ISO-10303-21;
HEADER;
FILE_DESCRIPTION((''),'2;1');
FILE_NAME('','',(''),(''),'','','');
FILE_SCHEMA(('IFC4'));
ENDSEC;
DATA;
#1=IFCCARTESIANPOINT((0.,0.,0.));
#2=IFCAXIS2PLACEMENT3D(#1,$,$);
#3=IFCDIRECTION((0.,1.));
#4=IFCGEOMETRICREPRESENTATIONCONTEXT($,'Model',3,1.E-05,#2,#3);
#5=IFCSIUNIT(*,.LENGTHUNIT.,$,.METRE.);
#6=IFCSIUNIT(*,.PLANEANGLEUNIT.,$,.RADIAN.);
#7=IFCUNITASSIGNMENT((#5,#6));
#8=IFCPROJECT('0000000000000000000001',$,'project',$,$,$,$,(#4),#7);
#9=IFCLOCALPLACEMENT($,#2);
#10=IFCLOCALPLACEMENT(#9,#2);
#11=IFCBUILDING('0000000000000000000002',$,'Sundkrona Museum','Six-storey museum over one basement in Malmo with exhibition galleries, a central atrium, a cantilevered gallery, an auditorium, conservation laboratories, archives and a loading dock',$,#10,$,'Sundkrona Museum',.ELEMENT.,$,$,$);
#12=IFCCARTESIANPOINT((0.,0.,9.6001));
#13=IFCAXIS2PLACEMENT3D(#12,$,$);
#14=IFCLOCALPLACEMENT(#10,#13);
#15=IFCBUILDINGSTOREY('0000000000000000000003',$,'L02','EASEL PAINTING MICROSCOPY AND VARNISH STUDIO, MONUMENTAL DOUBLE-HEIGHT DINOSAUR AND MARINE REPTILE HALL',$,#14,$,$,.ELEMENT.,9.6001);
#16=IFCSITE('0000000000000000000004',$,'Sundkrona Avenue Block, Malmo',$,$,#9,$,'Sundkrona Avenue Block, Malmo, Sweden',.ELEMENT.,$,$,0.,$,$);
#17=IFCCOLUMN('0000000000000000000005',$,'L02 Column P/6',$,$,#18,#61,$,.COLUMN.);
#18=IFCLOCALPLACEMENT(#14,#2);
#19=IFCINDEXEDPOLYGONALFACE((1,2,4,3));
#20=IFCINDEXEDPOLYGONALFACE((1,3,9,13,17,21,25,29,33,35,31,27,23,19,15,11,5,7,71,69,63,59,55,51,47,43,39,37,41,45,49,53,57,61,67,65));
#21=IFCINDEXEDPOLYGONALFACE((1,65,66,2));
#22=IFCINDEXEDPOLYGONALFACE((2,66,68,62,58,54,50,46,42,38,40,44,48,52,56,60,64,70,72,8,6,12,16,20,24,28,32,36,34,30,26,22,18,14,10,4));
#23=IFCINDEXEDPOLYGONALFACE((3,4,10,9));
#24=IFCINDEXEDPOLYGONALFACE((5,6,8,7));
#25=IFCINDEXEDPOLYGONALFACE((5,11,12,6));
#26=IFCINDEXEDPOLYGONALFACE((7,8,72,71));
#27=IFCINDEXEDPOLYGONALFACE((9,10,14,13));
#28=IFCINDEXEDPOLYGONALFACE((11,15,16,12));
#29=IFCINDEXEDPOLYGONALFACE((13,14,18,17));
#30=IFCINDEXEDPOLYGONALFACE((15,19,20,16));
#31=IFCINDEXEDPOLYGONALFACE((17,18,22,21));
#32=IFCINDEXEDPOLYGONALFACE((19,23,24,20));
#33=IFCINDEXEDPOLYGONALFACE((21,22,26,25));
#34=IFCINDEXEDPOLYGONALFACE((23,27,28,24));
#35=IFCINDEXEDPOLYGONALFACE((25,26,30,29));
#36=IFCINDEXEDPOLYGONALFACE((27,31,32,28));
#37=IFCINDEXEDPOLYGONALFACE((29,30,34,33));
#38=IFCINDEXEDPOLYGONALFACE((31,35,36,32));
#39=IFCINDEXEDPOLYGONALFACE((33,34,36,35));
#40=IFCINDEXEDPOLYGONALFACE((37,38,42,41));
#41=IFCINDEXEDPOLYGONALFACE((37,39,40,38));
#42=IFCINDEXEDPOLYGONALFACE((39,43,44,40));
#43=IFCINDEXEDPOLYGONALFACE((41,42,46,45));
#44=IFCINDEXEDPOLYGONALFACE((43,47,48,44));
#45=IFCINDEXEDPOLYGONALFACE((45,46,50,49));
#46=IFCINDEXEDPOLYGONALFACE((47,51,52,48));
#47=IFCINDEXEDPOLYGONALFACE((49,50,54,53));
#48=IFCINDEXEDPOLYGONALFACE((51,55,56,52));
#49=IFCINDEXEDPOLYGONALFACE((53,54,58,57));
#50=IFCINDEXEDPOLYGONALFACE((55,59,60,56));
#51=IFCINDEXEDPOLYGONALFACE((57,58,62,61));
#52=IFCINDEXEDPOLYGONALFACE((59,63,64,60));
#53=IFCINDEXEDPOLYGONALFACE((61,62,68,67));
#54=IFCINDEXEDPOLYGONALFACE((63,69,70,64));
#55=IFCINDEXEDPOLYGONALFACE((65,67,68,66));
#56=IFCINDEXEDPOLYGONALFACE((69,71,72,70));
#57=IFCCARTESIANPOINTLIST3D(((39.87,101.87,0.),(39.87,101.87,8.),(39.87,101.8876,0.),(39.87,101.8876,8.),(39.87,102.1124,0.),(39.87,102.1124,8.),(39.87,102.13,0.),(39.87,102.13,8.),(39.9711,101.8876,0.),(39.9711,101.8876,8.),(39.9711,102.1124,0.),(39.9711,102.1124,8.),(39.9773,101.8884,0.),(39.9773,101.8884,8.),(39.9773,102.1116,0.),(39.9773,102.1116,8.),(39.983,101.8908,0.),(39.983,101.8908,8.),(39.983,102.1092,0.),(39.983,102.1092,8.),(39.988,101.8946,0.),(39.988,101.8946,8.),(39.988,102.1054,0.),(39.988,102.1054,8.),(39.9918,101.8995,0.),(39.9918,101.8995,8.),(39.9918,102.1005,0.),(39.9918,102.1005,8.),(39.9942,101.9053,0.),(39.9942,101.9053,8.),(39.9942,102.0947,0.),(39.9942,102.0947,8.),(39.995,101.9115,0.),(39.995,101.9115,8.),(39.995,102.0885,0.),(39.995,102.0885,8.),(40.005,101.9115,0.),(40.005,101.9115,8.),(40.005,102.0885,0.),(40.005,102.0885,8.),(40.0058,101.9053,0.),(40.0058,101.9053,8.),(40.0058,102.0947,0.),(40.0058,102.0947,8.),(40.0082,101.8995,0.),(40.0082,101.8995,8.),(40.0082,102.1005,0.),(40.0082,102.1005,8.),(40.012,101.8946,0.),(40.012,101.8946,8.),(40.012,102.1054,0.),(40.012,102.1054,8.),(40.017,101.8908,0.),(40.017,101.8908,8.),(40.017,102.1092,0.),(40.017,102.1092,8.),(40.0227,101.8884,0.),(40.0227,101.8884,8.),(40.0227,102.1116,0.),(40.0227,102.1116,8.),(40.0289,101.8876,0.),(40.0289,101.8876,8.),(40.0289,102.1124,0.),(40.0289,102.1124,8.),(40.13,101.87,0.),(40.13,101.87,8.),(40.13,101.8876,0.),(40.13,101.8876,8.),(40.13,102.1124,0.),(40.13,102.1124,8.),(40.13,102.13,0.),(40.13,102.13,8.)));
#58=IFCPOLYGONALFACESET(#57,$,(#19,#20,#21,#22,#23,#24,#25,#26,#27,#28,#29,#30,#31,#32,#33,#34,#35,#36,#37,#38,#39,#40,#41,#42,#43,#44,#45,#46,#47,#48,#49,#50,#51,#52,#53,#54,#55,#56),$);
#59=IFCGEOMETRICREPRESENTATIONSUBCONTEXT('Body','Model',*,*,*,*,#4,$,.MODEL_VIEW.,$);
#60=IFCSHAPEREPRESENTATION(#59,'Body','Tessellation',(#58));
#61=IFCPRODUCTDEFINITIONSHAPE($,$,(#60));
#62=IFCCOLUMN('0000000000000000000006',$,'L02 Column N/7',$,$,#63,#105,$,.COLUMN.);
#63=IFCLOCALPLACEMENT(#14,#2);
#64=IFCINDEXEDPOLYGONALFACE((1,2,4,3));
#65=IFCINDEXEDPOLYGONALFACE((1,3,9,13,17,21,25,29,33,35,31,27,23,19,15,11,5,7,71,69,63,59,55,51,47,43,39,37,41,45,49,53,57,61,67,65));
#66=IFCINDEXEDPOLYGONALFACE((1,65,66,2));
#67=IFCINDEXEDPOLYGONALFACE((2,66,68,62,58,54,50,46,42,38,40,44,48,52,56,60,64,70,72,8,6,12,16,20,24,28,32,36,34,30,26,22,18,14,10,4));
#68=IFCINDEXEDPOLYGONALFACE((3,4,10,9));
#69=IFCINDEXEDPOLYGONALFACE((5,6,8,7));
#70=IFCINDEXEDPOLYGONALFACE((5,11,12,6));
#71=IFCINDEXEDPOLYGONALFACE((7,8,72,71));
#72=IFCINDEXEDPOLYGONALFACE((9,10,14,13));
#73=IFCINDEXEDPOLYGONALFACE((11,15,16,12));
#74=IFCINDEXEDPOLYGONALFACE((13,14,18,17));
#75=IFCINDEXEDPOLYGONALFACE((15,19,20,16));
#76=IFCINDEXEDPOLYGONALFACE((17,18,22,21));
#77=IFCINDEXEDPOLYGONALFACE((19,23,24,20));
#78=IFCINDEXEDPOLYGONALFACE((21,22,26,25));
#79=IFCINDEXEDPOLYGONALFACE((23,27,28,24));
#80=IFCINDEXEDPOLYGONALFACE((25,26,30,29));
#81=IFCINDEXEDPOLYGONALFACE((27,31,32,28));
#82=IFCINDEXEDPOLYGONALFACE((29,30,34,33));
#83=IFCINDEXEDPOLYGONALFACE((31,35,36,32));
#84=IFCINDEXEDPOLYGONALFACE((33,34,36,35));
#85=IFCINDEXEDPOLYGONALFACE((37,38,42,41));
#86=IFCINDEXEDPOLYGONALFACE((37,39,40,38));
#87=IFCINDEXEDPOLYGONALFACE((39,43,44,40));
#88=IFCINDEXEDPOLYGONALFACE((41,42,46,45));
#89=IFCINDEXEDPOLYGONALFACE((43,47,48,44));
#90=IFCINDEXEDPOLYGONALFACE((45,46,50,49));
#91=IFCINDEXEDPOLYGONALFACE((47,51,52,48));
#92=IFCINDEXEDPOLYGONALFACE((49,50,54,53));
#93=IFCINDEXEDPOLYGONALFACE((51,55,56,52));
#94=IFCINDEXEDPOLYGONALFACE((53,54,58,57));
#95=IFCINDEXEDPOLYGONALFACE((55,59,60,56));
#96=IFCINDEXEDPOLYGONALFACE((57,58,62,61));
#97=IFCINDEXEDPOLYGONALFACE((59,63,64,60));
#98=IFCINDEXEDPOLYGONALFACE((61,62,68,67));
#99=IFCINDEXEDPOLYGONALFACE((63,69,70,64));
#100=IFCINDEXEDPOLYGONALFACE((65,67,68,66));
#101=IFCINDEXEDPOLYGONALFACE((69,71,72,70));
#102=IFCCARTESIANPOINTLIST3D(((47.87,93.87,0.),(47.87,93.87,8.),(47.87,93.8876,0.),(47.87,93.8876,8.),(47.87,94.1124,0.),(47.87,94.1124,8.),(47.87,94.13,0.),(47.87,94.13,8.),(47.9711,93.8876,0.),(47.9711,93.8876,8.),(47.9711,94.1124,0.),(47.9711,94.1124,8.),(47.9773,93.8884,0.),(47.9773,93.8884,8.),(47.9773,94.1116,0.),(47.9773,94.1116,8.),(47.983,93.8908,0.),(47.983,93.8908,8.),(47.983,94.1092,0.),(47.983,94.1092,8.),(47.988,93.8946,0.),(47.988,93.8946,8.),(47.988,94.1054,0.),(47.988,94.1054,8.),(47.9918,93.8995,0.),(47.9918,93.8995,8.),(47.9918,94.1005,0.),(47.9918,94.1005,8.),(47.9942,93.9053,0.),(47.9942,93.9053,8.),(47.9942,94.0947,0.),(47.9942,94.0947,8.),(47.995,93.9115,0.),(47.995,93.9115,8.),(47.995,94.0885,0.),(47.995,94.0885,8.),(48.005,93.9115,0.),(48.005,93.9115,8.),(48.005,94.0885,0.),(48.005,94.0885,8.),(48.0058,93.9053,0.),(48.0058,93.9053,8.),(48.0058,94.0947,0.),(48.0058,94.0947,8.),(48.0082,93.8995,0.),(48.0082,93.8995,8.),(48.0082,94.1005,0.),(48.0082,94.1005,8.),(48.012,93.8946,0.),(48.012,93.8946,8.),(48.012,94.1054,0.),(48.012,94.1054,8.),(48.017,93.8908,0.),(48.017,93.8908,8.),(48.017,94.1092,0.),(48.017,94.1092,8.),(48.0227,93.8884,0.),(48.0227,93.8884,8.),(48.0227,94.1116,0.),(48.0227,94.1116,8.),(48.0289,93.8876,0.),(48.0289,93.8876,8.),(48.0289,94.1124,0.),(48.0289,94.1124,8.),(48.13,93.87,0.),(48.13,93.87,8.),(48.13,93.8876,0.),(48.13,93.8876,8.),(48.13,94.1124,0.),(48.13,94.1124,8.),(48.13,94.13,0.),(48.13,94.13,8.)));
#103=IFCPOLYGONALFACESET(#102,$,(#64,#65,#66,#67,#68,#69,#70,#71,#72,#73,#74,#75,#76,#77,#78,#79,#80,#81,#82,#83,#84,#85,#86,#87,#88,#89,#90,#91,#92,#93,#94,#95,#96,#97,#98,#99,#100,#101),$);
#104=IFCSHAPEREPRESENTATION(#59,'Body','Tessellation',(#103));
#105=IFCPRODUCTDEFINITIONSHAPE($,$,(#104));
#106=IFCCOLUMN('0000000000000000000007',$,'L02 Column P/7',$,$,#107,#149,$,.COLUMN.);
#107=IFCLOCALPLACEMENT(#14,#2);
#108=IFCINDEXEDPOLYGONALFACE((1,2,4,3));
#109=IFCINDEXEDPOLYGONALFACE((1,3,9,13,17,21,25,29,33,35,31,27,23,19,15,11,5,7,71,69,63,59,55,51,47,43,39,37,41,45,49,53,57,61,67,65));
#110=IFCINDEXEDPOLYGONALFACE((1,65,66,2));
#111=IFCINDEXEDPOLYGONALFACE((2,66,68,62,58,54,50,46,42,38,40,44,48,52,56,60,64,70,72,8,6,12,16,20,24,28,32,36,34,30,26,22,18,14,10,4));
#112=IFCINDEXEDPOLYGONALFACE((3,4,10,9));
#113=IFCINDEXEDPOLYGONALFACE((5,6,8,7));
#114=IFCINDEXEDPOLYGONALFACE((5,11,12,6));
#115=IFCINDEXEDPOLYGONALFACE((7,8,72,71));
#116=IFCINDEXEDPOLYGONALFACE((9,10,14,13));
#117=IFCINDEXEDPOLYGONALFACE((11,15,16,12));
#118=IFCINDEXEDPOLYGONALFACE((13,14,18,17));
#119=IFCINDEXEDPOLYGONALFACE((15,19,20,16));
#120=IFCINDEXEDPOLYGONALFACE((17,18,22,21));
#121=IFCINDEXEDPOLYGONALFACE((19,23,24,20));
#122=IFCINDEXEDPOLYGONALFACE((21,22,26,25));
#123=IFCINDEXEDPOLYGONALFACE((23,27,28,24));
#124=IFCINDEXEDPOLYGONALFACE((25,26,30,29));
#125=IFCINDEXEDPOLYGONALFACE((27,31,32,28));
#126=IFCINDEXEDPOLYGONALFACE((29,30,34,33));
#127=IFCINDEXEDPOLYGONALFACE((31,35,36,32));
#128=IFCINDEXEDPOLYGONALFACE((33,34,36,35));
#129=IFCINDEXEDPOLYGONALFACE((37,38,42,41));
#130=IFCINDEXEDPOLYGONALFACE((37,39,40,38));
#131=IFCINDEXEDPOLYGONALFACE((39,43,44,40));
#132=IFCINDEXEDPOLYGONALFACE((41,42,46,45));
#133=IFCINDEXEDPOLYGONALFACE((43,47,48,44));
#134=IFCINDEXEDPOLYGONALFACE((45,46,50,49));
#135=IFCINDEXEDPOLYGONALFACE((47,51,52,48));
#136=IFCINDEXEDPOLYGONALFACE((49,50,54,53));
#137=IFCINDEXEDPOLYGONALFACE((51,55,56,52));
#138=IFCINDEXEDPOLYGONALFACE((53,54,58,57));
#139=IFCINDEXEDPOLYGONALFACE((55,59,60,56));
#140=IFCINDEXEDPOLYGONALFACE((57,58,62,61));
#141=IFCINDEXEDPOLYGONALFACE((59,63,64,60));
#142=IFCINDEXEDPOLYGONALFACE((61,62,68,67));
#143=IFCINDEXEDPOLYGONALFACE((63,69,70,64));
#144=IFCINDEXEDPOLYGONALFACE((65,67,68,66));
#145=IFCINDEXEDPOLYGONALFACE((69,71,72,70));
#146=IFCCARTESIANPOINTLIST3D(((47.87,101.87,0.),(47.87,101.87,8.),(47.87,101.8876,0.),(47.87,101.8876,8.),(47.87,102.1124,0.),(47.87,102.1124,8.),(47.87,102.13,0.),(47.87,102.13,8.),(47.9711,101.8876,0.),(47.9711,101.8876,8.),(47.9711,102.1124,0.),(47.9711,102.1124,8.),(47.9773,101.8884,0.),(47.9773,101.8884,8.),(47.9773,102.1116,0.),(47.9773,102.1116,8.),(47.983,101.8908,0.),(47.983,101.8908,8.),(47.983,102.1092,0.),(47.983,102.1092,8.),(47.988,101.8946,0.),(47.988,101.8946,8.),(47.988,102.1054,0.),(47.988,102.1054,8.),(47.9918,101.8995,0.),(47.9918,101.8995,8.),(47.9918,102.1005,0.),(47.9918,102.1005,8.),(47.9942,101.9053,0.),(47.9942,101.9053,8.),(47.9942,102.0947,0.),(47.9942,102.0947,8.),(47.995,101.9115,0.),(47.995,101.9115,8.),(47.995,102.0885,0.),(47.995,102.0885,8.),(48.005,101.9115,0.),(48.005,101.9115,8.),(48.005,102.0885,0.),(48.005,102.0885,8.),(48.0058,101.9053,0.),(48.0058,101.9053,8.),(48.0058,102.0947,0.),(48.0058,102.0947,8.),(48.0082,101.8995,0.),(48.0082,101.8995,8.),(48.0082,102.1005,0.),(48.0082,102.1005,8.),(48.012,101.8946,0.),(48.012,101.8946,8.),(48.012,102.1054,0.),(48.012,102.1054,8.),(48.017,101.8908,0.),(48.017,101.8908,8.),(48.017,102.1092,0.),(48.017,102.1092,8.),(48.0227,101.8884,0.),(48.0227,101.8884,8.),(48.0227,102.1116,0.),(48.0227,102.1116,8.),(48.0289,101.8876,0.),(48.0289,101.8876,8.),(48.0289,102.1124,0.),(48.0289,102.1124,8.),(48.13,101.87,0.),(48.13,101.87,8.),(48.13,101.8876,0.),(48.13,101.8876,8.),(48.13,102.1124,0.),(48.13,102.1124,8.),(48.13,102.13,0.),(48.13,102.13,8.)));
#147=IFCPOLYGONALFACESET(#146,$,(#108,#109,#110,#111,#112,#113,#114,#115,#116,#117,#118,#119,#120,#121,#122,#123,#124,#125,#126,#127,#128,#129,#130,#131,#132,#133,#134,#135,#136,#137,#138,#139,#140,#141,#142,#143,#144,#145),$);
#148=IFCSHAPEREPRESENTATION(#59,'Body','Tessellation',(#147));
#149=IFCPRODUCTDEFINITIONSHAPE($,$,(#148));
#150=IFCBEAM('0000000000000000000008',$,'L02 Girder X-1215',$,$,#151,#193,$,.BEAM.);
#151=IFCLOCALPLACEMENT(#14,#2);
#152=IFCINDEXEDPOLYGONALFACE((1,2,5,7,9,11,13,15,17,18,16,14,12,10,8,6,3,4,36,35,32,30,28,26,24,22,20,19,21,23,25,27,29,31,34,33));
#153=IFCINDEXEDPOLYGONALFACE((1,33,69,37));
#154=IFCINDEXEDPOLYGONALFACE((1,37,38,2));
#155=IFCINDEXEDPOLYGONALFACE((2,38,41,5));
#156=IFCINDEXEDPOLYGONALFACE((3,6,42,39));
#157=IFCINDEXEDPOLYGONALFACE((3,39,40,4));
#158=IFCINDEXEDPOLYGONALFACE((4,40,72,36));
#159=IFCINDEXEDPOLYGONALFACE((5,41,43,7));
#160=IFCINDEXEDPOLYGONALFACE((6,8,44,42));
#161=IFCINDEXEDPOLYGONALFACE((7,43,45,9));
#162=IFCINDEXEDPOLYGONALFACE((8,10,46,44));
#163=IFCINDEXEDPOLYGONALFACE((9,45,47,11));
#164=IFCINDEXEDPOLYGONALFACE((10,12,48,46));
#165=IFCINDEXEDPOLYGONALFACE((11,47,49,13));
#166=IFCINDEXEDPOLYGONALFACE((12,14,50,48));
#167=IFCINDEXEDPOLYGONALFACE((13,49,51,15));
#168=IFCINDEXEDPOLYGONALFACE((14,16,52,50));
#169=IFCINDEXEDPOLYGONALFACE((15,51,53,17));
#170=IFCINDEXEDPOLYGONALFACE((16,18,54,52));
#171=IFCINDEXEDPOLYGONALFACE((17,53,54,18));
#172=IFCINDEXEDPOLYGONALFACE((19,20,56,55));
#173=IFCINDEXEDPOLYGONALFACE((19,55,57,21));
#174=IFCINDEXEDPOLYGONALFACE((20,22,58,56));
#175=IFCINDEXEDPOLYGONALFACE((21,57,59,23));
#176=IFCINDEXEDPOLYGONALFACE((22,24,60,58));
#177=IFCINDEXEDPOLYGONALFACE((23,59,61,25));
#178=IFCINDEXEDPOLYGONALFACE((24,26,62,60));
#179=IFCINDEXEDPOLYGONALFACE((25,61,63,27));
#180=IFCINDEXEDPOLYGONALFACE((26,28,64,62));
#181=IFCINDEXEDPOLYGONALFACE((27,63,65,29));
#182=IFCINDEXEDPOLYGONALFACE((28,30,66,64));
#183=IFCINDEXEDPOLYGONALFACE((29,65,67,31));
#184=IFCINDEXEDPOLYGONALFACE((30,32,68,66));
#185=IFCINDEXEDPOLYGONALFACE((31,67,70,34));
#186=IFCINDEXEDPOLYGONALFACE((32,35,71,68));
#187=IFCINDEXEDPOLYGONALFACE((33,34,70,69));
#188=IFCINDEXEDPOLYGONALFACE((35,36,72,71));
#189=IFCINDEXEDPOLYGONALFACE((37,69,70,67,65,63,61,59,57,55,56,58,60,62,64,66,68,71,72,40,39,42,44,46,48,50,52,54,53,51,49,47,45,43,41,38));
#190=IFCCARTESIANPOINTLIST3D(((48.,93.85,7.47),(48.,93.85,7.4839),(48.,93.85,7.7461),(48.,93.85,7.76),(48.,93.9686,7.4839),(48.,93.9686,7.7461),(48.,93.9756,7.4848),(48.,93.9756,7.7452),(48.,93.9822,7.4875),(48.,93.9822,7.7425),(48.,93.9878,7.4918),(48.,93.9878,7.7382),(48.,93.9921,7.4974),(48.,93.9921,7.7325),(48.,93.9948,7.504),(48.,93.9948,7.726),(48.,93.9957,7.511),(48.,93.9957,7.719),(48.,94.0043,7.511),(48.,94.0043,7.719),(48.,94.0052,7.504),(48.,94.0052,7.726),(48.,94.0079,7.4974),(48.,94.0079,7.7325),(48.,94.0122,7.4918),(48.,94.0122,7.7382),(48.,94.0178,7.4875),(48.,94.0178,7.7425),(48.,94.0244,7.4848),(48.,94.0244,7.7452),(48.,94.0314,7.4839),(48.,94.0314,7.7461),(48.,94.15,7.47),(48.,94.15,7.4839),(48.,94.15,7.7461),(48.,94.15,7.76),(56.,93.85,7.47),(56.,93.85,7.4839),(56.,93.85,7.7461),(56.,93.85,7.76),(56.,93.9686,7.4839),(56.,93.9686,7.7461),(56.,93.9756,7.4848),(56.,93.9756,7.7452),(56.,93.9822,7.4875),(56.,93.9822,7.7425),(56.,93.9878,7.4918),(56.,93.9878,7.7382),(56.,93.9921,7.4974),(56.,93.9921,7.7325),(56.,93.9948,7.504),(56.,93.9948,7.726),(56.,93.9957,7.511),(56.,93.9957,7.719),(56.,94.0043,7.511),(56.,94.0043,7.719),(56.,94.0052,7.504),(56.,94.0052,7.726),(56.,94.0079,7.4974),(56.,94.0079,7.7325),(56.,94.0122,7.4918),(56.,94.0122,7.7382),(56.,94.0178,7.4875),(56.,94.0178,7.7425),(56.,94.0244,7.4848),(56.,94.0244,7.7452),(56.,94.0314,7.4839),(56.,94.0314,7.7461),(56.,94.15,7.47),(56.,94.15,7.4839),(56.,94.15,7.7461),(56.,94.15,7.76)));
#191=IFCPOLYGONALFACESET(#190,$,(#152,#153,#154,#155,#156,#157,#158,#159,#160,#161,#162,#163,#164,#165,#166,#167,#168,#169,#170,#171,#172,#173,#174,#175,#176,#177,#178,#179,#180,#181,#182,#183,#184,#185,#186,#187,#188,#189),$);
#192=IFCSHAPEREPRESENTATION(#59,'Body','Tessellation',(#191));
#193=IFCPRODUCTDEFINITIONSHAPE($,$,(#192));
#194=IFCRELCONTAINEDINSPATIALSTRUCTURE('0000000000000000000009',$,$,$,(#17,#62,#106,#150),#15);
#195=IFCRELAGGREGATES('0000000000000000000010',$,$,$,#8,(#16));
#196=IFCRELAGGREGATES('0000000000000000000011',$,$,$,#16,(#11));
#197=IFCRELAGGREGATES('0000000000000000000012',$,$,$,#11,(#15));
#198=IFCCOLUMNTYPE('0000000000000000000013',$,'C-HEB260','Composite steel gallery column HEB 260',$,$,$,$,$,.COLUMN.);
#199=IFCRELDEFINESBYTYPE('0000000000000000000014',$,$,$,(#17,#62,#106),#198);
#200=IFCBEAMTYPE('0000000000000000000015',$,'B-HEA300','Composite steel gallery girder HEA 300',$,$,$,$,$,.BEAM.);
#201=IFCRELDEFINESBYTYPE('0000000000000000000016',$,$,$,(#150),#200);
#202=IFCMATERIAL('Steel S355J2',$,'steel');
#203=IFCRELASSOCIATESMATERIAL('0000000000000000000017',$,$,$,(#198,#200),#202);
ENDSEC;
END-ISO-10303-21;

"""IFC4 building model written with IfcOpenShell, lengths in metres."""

from ifc_helpers import new_model, si_unit, direction, frame, origin, origin_2d, place, context, subcontext, project, spatial, i_section, extrude, material, material_profile, profile_set, type_object, element, save


model = new_model("IFC4")

# Units and contexts
model_context = context("Model", 3, precision=1e-05, world=origin(), true_north=direction((0.0, 1.0)))
body_context = subcontext(model_context, "Body", "Model", "MODEL_VIEW")
ifc_project = project(units=[si_unit("LENGTHUNIT", "METRE"), si_unit("PLANEANGLEUNIT", "RADIAN")], contexts=[model_context])

# Site, building, storey
site_placement = place(None, origin())
site = spatial("IfcSite", under=ifc_project, at=site_placement, Name="Sundkrona Avenue Block, Malmo", LongName="Sundkrona Avenue Block, Malmo, Sweden", CompositionType="ELEMENT", RefElevation=0.0)
building_placement = place(site_placement, origin())
building = spatial("IfcBuilding", under=site, at=building_placement, Name="Sundkrona Museum", Description="Six-storey museum over one basement in Malmo with exhibition galleries, a central atrium, a cantilevered gallery, an auditorium, conservation laboratories, archives and a loading dock", LongName="Sundkrona Museum", CompositionType="ELEMENT")
storey_placement = place(building_placement, frame((0.0, 0.0, 9.6001)))
storey = spatial("IfcBuildingStorey", under=building, at=storey_placement, Name="L02", Description="EASEL PAINTING MICROSCOPY AND VARNISH STUDIO, MONUMENTAL DOUBLE-HEIGHT DINOSAUR AND MARINE REPTILE HALL", CompositionType="ELEMENT", Elevation=9.6001)

# Columns
ifc_material_1 = material(Name="Steel S355J2", Category="steel")
ifc_material_profile_1 = material_profile(ifc_material_1, i_section(OverallWidth=0.26, OverallDepth=0.26, WebThickness=0.01, FlangeThickness=0.0176, FilletRadius=0.0239, at=origin_2d()), Name="HEB 260")
ifc_profile_set_1 = profile_set([ifc_material_profile_1], Name="Steel S355J2")
column_type = type_object("IfcColumnType", Name="C-HEB260", Description="Composite steel gallery column HEB 260", PredefinedType="COLUMN", material=ifc_profile_set_1)
for number, where, z_axis, x_axis, name in (
    (1, (40.0, 102.0, 0.0), (0.0, 0.0, 1.0), (1.0, 0.0, 0.0), "L02 Column P/6"),
    (2, (48.0, 94.0, 0.0), (0.0, 0.0, 1.0), (1.0, 0.0, 0.0), "L02 Column N/7"),
    (3, (48.0, 102.0, 0.0), (0.0, 0.0, 1.0), (1.0, 0.0, 0.0), "L02 Column P/7"),
):
    element("IfcColumn", number, at=place(storey_placement, frame(where, z_axis=z_axis, x_axis=x_axis)), inside=storey, type_object=column_type, Name=name, PredefinedType="COLUMN", context=body_context, shape_type="SweptSolid", body=[
        extrude(i_section(OverallWidth=0.26, OverallDepth=0.26, WebThickness=0.01, FlangeThickness=0.0176, FilletRadius=0.0239, at=origin_2d()), origin(), (0.0, 0.0, 1.0), 8.0),
    ])

# Beam
ifc_material_profile_2 = material_profile(ifc_material_1, i_section(OverallWidth=0.3, OverallDepth=0.29, WebThickness=0.0085, FlangeThickness=0.0139, FilletRadius=0.0271, at=origin_2d()), Name="HEA 300")
ifc_profile_set_2 = profile_set([ifc_material_profile_2], Name="Steel S355J2")
beam_type_1 = type_object("IfcBeamType", Name="B-HEA300", Description="Composite steel gallery girder HEA 300", PredefinedType="BEAM", material=ifc_profile_set_2)
beam_1_placement = place(storey_placement, frame((48.0, 94.0, 7.615), z_axis=(1.0, 0.0, 0.0), x_axis=(0.0, 1.0, 0.0)))
element("IfcBeam", 4, at=beam_1_placement, inside=storey, type_object=beam_type_1, Name="L02 Girder X-1215", PredefinedType="BEAM", context=body_context, shape_type="SweptSolid", body=[
    extrude(i_section(OverallWidth=0.3, OverallDepth=0.29, WebThickness=0.0085, FlangeThickness=0.0139, FilletRadius=0.0271, at=origin_2d()), origin(), (0.0, 0.0, 1.0), 8.0),
])

save(model, "model.ifc")
